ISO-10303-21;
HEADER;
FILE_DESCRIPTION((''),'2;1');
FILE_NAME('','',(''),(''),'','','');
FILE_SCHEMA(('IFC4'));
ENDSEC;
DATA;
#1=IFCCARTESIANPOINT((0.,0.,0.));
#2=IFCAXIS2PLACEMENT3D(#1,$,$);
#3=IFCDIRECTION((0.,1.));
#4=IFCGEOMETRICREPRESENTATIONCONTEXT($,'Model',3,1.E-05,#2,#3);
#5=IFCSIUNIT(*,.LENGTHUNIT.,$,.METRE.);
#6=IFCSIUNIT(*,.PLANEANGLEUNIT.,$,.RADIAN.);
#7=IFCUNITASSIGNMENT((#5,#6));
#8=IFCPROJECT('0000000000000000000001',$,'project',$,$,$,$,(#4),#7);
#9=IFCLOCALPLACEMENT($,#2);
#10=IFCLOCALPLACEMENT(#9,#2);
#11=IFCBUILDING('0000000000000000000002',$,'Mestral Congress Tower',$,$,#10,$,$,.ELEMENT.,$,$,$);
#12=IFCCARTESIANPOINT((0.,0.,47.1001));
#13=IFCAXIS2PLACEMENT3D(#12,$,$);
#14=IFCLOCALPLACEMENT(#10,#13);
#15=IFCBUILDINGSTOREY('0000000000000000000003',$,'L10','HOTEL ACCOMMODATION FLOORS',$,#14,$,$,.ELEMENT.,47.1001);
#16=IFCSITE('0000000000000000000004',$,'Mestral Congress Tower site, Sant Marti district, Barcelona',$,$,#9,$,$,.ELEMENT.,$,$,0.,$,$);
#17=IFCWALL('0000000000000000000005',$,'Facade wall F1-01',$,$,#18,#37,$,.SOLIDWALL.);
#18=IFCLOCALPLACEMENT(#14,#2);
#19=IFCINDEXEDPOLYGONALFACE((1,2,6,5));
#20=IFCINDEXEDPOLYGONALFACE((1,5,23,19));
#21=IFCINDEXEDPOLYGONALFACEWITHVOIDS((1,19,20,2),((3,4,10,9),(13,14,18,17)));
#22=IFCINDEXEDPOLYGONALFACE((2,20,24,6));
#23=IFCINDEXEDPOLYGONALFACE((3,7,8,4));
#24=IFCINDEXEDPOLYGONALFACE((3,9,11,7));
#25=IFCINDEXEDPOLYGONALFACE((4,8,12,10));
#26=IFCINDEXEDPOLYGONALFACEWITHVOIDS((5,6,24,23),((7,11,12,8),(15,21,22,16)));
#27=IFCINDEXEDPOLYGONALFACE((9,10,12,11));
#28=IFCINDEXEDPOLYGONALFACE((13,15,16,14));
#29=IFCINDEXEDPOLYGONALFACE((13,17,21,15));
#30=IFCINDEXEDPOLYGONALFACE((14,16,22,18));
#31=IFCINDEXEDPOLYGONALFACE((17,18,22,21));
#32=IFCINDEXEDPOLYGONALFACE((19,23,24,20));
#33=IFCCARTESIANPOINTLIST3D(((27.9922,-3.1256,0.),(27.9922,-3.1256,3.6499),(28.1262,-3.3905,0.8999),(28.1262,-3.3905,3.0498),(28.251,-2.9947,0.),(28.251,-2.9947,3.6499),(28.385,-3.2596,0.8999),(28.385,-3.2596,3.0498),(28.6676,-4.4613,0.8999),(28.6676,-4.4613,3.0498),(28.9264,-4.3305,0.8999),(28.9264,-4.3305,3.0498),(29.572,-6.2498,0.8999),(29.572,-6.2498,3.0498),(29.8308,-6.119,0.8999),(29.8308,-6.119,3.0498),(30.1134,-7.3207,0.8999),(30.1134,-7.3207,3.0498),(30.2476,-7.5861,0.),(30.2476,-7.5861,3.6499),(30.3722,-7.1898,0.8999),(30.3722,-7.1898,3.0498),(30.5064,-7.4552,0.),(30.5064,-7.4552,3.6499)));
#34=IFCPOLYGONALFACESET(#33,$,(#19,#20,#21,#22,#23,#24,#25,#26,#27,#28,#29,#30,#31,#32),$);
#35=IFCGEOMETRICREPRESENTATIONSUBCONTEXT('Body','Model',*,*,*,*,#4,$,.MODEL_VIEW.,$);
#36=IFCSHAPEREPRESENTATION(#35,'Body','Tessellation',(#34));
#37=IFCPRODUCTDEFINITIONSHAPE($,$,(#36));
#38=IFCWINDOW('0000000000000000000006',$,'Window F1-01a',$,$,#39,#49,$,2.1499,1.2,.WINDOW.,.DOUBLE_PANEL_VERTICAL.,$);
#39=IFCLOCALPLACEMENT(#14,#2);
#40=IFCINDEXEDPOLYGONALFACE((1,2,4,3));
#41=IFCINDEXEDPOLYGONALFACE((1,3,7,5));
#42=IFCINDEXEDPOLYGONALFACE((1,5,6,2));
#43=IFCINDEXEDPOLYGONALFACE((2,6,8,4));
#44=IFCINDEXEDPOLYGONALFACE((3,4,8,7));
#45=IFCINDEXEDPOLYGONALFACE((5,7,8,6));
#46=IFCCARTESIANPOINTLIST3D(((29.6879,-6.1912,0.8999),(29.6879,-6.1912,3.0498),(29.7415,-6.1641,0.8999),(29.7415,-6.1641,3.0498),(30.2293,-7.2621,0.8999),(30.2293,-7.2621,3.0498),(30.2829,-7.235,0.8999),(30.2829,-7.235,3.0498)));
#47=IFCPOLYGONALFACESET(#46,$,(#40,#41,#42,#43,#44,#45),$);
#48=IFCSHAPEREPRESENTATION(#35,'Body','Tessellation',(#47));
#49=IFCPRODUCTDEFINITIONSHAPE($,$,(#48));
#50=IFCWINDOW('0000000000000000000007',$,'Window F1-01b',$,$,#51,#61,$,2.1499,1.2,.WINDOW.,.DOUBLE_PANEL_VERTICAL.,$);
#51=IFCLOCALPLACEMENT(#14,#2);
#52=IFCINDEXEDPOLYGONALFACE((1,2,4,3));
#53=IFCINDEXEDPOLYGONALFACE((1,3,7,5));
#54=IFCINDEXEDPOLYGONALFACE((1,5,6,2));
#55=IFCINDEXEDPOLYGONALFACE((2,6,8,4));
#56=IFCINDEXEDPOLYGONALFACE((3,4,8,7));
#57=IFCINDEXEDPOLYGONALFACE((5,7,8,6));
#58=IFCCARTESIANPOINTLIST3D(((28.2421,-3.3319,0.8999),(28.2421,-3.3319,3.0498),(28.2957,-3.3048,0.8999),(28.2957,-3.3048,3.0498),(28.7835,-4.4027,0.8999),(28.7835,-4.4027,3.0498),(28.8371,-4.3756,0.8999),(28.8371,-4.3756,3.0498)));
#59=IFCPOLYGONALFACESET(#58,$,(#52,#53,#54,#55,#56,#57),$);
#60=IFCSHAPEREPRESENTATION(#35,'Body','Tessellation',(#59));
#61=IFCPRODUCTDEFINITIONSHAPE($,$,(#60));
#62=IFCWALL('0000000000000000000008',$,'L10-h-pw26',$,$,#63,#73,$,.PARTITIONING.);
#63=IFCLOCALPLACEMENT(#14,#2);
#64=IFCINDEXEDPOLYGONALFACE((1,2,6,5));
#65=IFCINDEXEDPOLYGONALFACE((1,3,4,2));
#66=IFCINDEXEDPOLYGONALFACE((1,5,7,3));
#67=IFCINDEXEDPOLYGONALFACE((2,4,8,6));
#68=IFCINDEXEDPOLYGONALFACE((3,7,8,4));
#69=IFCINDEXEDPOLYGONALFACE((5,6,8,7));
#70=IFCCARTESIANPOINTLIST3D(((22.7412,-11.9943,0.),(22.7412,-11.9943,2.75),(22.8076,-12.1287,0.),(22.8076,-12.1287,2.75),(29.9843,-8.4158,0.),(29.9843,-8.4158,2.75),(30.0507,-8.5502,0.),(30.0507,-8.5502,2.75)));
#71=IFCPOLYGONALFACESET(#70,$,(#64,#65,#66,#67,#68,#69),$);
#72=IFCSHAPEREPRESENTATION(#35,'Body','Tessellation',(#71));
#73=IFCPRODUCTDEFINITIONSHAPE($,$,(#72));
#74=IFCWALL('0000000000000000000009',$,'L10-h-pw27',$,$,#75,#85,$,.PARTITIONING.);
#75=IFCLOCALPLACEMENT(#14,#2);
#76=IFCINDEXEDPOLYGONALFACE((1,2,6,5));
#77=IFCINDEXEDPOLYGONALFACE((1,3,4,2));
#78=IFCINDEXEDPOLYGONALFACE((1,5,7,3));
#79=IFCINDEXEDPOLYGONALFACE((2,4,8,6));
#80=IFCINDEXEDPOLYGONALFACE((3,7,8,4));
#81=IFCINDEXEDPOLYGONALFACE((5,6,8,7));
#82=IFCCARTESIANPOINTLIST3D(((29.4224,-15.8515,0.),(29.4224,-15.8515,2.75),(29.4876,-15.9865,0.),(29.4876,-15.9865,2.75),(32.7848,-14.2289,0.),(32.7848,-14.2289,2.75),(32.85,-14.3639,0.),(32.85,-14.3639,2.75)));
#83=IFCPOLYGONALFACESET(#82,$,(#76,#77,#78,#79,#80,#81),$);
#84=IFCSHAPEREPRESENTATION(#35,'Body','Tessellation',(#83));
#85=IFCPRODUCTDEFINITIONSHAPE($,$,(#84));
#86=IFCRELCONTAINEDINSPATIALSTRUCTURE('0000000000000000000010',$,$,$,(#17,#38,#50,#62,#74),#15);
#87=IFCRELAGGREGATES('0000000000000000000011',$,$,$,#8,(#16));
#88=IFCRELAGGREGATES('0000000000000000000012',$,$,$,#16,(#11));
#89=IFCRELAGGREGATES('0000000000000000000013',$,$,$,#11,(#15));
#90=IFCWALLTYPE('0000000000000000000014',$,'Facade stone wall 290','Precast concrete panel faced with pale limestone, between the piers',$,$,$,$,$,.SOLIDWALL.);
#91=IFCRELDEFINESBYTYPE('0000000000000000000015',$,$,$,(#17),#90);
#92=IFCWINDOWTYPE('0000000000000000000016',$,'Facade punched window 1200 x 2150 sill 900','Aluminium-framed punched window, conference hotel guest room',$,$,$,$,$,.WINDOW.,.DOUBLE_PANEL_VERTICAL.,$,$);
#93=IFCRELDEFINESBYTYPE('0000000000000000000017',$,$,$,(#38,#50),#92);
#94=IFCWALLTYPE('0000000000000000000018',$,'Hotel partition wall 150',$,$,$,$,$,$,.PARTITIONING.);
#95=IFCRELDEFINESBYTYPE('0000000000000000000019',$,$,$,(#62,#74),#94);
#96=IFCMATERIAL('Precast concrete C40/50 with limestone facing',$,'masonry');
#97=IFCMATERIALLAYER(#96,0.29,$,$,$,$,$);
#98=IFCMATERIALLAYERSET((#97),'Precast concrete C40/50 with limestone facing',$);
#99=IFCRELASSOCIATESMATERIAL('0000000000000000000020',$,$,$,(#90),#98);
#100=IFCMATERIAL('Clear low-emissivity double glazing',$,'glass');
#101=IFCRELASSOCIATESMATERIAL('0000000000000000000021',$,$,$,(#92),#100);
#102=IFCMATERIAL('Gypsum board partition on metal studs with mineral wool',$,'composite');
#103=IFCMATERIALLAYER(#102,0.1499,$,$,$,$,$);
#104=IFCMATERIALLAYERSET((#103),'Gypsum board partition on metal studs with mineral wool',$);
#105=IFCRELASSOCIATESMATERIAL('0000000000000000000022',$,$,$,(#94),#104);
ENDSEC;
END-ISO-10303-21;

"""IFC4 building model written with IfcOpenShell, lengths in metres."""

from ifc_helpers import new_model, si_unit, direction, frame, frame_2d, origin, place, context, subcontext, project, spatial, rectangle, extrude, material, layer, layer_set, type_object, element, fill, save


model = new_model("IFC4")

# Units and contexts
model_context = context("Model", 3, precision=1e-05, world=origin(), true_north=direction((0.0, 1.0)))
body_context = subcontext(model_context, "Body", "Model", "MODEL_VIEW")
ifc_project = project(units=[si_unit("LENGTHUNIT", "METRE"), si_unit("PLANEANGLEUNIT", "RADIAN")], contexts=[model_context])

# Site, building, storey
site_placement = place(None, origin())
site = spatial("IfcSite", under=ifc_project, at=site_placement, Name="Mestral Congress Tower site, Sant Marti district, Barcelona", CompositionType="ELEMENT", RefElevation=0.0)
building_placement = place(site_placement, origin())
building = spatial("IfcBuilding", under=site, at=building_placement, Name="Mestral Congress Tower", CompositionType="ELEMENT")
storey_placement = place(building_placement, frame((0.0, 0.0, 47.1001)))
storey = spatial("IfcBuildingStorey", under=building, at=storey_placement, Name="L10", Description="HOTEL ACCOMMODATION FLOORS", CompositionType="ELEMENT", Elevation=47.1001)

# Shared definitions
ifc_material_1 = material(Name="Precast concrete C40/50 with limestone facing", Category="masonry")
ifc_layer_1 = layer(ifc_material_1, 0.29)
ifc_layer_set_1 = layer_set([ifc_layer_1], Name="Precast concrete C40/50 with limestone facing")
wall_type_1 = type_object("IfcWallType", Name="Facade stone wall 290", Description="Precast concrete panel faced with pale limestone, between the piers", PredefinedType="SOLIDWALL", material=ifc_layer_set_1)
ifc_material_2 = material(Name="Clear low-emissivity double glazing", Category="glass")

# Wall, openings, windows
window_type_1 = type_object("IfcWindowType", Name="Facade punched window 1200 x 2150 sill 900", Description="Aluminium-framed punched window, conference hotel guest room", PartitioningType="DOUBLE_PANEL_VERTICAL", PredefinedType="WINDOW", material=ifc_material_2)
wall_1_placement = place(storey_placement, frame((30.377, -7.5205, 0.0), z_axis=(0.0, 0.0, 1.0), x_axis=(-0.451234, 0.892406, 0.0)))
wall_1 = element("IfcWall", 1, at=wall_1_placement, inside=storey, type_object=wall_type_1, Name="Facade wall F1-01", PredefinedType="SOLIDWALL", context=body_context, shape_type="SweptSolid", body=[
    extrude(rectangle(XDim=4.9983, YDim=0.29, at=frame_2d((2.499, 0.0))), origin(), (0.0, 0.0, 1.0), 3.6499),
])
opening_1_placement = place(wall_1_placement, frame((0.2971, 0.0, 0.8999)))
opening_1 = element("IfcOpeningElement", 2, at=opening_1_placement, cuts=wall_1, PredefinedType="OPENING", context=body_context, shape_type="SweptSolid", body=[
    extrude(rectangle(XDim=1.2, YDim=2.1499, at=frame_2d((0.6001, 1.075))), frame((0.0, 0.155, 0.0), z_axis=(0.0, -1.0, 0.0), x_axis=(1.0, 0.0, 0.0)), (0.0, 0.0, 1.0), 0.3101),
])
opening_2_placement = place(wall_1_placement, frame((3.5012, 0.0, 0.8999)))
opening_2 = element("IfcOpeningElement", 3, at=opening_2_placement, cuts=wall_1, PredefinedType="OPENING", context=body_context, shape_type="SweptSolid", body=[
    extrude(rectangle(XDim=1.2, YDim=2.1499, at=frame_2d((0.6001, 1.075))), frame((0.0, 0.155, 0.0), z_axis=(0.0, -1.0, 0.0), x_axis=(1.0, 0.0, 0.0)), (0.0, 0.0, 1.0), 0.3101),
])
window_1_placement = place(opening_1_placement, origin())
window_1 = element("IfcWindow", 4, at=window_1_placement, inside=storey, type_object=window_type_1, Name="Window F1-01a", OverallHeight=2.1499, OverallWidth=1.2, PartitioningType="DOUBLE_PANEL_VERTICAL", PredefinedType="WINDOW", context=body_context, shape_type="SweptSolid", body=[
    extrude(rectangle(XDim=1.2, YDim=2.1499, at=frame_2d((0.6001, 1.075))), frame((0.0, 0.0151, 0.0), z_axis=(0.0, -1.0, 0.0), x_axis=(1.0, 0.0, 0.0)), (0.0, 0.0, 1.0), 0.0601),
])
fill(opening_1, window_1)
window_2_placement = place(opening_2_placement, origin())
window_2 = element("IfcWindow", 5, at=window_2_placement, inside=storey, type_object=window_type_1, Name="Window F1-01b", OverallHeight=2.1499, OverallWidth=1.2, PartitioningType="DOUBLE_PANEL_VERTICAL", PredefinedType="WINDOW", context=body_context, shape_type="SweptSolid", body=[
    extrude(rectangle(XDim=1.2, YDim=2.1499, at=frame_2d((0.6001, 1.075))), frame((0.0, 0.0151, 0.0), z_axis=(0.0, -1.0, 0.0), x_axis=(1.0, 0.0, 0.0)), (0.0, 0.0, 1.0), 0.0601),
])
fill(opening_2, window_2)

# Walls
ifc_material_3 = material(Name="Gypsum board partition on metal studs with mineral wool", Category="composite")
ifc_layer_2 = layer(ifc_material_3, 0.1499)
ifc_layer_set_2 = layer_set([ifc_layer_2], Name="Gypsum board partition on metal studs with mineral wool")
wall_type_2 = type_object("IfcWallType", Name="Hotel partition wall 150", PredefinedType="PARTITIONING", material=ifc_layer_set_2)
wall_2_placement = place(storey_placement, frame((30.0176, -8.4829, 0.0), z_axis=(0.0, 0.0, 1.0), x_axis=(-0.896545, -0.442954, 0.0)))
element("IfcWall", 6, at=wall_2_placement, inside=storey, type_object=wall_type_2, Name="L10-h-pw26", PredefinedType="PARTITIONING", context=body_context, shape_type="SweptSolid", body=[
    extrude(rectangle(XDim=8.0789, YDim=0.1499, at=frame_2d((4.0396, 0.0))), origin(), (0.0, 0.0, 1.0), 2.75),
])
wall_3_placement = place(storey_placement, frame((32.8174, -14.2964, 0.0), z_axis=(0.0, 0.0, 1.0), x_axis=(-0.900617, -0.434614, 0.0)))
element("IfcWall", 7, at=wall_3_placement, inside=storey, type_object=wall_type_2, Name="L10-h-pw27", PredefinedType="PARTITIONING", context=body_context, shape_type="SweptSolid", body=[
    extrude(rectangle(XDim=3.7334, YDim=0.1499, at=frame_2d((1.8667, 0.0))), origin(), (0.0, 0.0, 1.0), 2.75),
])

save(model, "model.ifc")
